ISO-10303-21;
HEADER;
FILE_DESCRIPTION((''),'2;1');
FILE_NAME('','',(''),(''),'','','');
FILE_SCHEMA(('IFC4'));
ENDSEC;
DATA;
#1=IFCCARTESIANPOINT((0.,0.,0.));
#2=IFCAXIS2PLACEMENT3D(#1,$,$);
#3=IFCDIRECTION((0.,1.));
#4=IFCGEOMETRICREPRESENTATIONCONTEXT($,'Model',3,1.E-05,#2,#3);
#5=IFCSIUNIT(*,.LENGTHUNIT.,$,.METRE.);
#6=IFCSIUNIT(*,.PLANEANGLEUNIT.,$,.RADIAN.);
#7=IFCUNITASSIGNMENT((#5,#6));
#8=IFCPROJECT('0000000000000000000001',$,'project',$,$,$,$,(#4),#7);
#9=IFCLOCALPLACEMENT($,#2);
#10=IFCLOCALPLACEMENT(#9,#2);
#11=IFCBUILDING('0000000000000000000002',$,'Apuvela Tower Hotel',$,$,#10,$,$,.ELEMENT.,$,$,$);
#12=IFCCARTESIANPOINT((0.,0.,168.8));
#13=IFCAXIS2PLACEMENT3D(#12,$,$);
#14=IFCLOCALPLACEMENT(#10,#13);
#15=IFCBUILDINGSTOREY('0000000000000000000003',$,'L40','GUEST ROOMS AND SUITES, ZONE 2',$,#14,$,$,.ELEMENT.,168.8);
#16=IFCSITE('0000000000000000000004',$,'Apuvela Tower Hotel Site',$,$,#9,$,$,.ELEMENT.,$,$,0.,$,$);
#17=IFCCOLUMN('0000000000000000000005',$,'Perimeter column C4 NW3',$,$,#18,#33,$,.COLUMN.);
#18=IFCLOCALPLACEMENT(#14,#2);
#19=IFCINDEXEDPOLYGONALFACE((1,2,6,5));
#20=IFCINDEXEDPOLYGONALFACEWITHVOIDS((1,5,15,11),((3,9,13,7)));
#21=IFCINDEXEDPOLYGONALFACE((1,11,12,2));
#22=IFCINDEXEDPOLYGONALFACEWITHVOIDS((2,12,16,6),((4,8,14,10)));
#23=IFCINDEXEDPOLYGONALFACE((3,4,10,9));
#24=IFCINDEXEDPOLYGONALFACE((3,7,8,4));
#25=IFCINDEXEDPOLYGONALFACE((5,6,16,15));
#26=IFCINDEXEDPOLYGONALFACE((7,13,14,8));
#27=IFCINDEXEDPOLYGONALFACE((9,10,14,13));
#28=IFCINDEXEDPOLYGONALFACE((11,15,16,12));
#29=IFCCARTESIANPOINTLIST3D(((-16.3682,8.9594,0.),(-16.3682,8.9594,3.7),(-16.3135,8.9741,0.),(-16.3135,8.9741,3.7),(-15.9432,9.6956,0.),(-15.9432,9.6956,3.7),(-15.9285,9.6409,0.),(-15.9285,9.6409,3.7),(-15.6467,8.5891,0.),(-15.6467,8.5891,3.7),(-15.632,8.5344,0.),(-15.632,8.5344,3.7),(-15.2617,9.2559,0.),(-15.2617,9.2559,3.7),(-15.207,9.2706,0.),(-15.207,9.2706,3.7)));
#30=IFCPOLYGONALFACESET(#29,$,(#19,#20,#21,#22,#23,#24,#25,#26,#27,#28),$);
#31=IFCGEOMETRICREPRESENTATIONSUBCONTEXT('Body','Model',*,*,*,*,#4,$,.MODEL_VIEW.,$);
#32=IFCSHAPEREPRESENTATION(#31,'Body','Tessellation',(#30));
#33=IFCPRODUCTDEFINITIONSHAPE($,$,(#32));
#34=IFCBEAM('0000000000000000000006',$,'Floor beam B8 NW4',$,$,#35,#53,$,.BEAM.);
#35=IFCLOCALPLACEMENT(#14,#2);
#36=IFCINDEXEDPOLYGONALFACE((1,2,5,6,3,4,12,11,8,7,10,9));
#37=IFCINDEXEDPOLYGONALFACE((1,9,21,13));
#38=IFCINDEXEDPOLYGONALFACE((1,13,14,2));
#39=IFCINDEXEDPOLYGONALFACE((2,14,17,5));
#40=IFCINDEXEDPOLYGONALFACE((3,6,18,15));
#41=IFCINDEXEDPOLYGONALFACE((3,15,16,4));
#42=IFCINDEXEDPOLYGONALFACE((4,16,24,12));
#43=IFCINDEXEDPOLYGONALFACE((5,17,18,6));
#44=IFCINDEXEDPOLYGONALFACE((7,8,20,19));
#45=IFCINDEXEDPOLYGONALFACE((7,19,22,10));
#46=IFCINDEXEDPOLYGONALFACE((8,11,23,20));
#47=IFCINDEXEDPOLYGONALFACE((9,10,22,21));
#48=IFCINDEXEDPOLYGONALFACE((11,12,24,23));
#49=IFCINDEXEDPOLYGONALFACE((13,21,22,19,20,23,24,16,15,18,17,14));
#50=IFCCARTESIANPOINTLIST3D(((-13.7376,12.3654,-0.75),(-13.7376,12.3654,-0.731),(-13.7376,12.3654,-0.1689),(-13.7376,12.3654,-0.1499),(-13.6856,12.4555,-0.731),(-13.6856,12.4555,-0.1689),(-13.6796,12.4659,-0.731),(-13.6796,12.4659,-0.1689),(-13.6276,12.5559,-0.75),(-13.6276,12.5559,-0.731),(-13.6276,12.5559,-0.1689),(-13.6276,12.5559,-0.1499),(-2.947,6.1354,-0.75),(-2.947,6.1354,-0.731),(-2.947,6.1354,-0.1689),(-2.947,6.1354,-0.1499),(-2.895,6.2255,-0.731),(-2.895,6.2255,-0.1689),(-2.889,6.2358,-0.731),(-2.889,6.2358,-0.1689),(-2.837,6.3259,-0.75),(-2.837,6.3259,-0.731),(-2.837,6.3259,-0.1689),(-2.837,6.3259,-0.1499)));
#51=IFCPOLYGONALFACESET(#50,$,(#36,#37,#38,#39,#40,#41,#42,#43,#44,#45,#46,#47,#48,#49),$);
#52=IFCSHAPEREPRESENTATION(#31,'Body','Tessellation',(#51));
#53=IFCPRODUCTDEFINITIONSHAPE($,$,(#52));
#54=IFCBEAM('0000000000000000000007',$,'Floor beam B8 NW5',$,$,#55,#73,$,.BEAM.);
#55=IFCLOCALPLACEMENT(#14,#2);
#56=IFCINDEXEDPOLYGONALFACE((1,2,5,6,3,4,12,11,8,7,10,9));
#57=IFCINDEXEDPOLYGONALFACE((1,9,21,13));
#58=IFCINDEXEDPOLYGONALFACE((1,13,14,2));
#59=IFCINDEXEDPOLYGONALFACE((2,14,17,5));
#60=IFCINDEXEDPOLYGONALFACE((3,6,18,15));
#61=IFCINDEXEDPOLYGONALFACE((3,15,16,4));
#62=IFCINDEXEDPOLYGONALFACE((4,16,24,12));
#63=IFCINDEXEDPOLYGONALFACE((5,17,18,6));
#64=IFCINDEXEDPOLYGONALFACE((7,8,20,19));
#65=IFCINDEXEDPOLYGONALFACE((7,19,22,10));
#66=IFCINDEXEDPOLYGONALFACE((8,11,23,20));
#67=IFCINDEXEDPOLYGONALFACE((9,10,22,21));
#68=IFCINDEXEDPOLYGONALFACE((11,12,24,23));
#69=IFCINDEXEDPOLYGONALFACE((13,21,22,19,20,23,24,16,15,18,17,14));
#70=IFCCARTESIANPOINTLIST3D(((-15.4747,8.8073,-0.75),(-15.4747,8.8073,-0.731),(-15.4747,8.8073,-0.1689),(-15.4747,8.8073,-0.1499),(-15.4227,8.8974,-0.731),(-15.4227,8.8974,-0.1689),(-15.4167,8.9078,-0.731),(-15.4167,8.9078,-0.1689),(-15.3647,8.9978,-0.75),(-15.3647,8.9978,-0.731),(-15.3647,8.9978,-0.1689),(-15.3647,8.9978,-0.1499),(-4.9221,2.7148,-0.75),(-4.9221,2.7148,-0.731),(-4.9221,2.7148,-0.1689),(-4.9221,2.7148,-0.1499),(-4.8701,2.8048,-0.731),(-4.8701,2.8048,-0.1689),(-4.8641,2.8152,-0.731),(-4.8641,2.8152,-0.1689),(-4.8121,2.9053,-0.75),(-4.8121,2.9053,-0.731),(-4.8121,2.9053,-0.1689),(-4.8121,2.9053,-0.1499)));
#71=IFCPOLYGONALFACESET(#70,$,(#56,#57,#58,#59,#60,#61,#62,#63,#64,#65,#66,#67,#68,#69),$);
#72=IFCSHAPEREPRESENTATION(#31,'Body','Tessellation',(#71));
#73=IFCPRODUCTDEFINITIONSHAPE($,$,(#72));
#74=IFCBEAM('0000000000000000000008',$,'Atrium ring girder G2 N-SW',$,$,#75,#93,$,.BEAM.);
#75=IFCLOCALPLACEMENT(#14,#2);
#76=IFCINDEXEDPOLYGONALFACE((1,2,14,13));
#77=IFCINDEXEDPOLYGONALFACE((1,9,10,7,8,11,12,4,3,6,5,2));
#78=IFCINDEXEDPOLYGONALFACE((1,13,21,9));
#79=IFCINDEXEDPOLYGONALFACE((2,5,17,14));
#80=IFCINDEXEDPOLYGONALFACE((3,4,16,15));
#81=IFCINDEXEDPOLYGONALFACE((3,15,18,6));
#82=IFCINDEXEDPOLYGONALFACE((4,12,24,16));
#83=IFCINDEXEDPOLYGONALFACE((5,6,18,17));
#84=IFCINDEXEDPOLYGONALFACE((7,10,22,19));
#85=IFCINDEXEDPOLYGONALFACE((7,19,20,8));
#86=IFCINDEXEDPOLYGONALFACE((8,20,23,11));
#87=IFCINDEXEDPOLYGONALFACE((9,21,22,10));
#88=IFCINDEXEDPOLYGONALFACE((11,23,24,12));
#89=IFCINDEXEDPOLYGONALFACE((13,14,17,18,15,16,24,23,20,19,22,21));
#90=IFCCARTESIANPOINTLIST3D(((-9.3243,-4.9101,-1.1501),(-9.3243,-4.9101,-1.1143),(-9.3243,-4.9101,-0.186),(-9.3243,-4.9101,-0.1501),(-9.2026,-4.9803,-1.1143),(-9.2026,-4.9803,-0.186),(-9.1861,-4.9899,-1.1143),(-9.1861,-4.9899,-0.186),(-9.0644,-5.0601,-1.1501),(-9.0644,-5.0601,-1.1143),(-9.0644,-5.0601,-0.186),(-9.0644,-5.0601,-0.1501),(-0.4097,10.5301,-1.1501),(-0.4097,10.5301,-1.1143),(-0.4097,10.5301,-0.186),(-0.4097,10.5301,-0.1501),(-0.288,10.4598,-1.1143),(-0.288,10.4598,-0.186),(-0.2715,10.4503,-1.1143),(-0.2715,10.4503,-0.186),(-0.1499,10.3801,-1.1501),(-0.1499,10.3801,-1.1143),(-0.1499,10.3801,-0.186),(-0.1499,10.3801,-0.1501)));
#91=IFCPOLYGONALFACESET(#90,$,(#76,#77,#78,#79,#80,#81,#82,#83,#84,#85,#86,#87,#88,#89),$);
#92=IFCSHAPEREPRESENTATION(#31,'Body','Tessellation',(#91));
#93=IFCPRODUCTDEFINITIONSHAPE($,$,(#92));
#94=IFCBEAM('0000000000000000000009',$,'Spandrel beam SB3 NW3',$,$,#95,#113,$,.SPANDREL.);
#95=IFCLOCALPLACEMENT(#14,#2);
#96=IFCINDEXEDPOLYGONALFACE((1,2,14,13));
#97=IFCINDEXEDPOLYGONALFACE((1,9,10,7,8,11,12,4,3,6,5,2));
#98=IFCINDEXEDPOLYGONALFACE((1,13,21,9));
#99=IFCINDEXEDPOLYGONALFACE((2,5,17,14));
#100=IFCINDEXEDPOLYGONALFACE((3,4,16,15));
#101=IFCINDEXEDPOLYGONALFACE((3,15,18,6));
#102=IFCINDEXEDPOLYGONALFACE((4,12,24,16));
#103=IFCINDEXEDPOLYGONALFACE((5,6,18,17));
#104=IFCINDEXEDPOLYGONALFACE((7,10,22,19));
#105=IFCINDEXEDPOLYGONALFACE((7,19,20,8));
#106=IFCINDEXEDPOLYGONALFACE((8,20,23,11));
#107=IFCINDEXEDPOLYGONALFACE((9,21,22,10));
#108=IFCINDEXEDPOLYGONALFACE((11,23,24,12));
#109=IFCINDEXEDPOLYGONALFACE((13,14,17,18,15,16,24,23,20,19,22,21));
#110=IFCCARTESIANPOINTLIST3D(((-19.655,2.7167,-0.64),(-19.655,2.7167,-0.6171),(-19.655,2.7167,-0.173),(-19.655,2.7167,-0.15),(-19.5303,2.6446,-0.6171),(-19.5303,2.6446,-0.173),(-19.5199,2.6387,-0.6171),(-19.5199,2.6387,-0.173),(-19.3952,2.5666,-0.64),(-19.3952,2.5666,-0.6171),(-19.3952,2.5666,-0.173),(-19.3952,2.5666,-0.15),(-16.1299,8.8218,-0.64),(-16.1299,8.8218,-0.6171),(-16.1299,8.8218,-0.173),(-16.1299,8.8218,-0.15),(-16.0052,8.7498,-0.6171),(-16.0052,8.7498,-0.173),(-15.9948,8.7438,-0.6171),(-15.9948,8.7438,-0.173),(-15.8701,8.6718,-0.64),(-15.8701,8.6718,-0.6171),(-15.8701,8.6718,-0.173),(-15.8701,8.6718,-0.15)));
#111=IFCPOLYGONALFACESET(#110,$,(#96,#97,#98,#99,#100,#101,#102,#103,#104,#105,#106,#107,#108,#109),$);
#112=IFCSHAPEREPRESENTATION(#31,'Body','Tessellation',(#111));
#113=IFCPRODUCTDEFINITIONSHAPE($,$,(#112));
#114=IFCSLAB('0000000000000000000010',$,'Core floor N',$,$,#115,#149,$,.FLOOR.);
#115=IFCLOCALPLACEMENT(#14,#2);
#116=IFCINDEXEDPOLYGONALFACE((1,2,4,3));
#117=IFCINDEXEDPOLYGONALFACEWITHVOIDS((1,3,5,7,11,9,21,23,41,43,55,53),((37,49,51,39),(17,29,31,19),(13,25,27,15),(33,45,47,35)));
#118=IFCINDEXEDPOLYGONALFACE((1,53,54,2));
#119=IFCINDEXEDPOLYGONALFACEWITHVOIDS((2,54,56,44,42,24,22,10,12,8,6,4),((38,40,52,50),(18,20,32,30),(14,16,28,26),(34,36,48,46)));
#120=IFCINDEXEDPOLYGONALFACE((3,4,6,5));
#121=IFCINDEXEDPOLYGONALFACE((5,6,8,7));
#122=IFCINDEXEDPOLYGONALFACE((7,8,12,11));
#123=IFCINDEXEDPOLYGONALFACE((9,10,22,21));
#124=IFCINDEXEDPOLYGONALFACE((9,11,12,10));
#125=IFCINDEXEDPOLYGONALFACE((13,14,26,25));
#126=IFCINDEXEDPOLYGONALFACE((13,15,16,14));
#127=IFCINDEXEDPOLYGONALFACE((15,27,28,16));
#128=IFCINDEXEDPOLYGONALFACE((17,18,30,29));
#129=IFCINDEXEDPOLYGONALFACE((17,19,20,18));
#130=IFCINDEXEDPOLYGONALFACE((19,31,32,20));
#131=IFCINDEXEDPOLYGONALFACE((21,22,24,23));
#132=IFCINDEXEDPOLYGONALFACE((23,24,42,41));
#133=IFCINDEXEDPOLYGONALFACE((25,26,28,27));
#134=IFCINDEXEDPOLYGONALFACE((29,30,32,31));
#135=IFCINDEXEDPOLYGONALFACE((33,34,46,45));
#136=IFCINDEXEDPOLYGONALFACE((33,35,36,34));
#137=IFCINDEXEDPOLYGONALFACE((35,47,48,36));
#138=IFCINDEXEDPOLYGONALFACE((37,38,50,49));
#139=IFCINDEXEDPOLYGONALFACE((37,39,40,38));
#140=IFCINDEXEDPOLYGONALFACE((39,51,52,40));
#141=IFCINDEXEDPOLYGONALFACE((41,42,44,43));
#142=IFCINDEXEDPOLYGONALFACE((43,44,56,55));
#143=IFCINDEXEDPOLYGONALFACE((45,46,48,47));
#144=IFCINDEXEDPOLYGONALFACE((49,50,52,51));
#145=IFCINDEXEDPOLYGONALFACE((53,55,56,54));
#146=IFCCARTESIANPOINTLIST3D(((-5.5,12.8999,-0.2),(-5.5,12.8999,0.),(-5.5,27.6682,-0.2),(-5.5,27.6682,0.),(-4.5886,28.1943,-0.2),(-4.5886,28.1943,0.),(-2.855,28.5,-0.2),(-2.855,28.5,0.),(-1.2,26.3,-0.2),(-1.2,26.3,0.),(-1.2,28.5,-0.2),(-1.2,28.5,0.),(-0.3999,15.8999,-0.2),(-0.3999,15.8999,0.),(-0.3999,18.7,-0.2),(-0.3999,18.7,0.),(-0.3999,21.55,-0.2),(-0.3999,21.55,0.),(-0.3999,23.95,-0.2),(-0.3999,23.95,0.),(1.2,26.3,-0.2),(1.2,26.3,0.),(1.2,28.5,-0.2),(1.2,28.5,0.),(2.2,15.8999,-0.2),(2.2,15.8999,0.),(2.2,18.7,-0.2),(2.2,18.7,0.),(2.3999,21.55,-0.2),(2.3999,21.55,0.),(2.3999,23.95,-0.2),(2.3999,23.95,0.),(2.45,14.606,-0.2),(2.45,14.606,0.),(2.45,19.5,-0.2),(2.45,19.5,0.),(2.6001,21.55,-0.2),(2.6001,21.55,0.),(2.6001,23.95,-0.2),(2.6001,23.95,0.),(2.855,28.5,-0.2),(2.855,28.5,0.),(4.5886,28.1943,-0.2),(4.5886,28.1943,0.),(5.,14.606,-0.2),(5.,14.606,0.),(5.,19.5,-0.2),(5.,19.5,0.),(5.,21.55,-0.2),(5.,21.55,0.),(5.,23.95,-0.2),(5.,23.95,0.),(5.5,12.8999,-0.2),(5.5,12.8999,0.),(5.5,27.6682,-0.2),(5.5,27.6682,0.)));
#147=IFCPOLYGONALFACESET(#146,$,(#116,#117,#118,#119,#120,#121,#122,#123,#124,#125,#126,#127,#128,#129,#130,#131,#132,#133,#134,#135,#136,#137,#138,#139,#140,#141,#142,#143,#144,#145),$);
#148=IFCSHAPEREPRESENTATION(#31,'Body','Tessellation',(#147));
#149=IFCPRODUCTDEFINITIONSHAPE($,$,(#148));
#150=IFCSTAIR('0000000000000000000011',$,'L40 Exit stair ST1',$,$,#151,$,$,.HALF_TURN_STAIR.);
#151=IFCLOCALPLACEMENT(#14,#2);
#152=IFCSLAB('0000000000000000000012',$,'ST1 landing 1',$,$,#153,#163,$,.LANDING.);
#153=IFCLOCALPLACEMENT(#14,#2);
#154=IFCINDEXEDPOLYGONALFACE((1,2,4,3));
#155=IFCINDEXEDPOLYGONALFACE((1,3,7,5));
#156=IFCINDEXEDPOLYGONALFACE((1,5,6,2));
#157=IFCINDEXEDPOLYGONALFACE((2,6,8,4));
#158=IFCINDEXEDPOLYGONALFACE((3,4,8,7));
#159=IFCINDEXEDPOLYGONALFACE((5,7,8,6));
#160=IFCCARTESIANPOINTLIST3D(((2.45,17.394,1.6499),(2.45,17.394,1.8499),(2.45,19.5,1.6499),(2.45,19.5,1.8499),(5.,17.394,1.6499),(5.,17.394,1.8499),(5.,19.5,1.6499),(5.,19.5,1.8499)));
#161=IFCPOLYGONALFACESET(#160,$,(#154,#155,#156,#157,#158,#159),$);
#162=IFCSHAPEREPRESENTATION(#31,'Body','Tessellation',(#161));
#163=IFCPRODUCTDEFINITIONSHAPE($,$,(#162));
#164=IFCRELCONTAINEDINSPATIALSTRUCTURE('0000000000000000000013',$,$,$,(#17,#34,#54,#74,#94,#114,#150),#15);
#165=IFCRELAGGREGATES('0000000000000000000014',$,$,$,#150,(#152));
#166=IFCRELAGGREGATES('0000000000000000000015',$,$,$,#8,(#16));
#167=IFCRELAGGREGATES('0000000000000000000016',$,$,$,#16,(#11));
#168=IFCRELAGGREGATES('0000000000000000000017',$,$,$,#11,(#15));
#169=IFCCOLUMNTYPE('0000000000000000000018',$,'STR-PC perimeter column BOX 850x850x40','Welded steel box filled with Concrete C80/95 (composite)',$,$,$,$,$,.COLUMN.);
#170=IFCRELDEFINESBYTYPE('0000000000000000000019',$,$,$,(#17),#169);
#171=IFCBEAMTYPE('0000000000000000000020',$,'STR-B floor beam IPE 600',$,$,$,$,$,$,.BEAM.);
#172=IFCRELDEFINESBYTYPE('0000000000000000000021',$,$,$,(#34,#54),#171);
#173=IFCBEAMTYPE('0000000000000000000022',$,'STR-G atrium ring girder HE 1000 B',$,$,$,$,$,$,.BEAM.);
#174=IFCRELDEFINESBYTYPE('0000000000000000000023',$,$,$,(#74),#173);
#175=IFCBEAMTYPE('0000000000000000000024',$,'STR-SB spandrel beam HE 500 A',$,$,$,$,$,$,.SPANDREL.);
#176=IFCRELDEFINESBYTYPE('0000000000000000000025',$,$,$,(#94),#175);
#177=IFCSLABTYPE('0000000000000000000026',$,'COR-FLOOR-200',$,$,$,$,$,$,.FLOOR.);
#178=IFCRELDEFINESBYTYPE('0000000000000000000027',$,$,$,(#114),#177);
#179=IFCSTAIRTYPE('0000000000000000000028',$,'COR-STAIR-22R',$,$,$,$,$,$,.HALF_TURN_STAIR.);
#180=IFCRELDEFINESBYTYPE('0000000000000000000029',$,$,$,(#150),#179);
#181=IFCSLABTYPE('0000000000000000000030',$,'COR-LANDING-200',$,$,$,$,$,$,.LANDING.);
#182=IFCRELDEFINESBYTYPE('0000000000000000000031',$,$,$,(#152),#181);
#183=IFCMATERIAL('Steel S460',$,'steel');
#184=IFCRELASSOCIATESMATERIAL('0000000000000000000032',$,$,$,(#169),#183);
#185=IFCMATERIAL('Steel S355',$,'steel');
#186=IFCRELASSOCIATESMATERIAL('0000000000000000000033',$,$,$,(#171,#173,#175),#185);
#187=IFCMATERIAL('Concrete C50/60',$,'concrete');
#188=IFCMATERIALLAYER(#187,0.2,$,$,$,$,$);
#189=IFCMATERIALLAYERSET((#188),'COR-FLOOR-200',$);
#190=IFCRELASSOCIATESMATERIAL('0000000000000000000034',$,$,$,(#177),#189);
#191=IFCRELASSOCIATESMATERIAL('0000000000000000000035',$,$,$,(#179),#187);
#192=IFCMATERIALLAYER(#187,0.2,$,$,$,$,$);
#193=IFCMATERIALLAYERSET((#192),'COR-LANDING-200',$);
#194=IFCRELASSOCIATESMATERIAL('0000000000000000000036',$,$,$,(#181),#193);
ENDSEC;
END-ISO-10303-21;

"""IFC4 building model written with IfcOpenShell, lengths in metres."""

from ifc_helpers import new_model, si_unit, direction, frame, origin, origin_2d, place, context, subcontext, project, spatial, polyline, rectangle, hollow_rectangle, i_section, outline, extrude, material, layer, layer_set, material_profile, profile_set, type_object, element, aggregate, save


model = new_model("IFC4")

# Units and contexts
model_context = context("Model", 3, precision=1e-05, world=origin(), true_north=direction((0.0, 1.0)))
body_context = subcontext(model_context, "Body", "Model", "MODEL_VIEW")
ifc_project = project(units=[si_unit("LENGTHUNIT", "METRE"), si_unit("PLANEANGLEUNIT", "RADIAN")], contexts=[model_context])

# Site, building, storey
site_placement = place(None, origin())
site = spatial("IfcSite", under=ifc_project, at=site_placement, Name="Apuvela Tower Hotel Site", CompositionType="ELEMENT", RefElevation=0.0)
building_placement = place(site_placement, origin())
building = spatial("IfcBuilding", under=site, at=building_placement, Name="Apuvela Tower Hotel", CompositionType="ELEMENT")
storey_placement = place(building_placement, frame((0.0, 0.0, 168.8)))
storey = spatial("IfcBuildingStorey", under=building, at=storey_placement, Name="L40", Description="GUEST ROOMS AND SUITES, ZONE 2", CompositionType="ELEMENT", Elevation=168.8)

# Column
ifc_material_1 = material(Name="Steel S460", Category="steel")
ifc_material_profile_1 = material_profile(ifc_material_1, hollow_rectangle(XDim=0.8501, YDim=0.8501, WallThickness=0.04, at=origin_2d()), Name="BOX 850x850x40")
ifc_material_2 = material(Name="Concrete C80/95", Category="concrete")
ifc_material_profile_2 = material_profile(ifc_material_2, rectangle(XDim=0.77, YDim=0.77, at=origin_2d()), Name="Concrete C80/95 infill")
ifc_profile_set_1 = profile_set([ifc_material_profile_1, ifc_material_profile_2], Name="Steel S460")
column_type = type_object("IfcColumnType", Name="STR-PC perimeter column BOX 850x850x40", Description="Welded steel box filled with Concrete C80/95 (composite)", PredefinedType="COLUMN", material=ifc_profile_set_1)
column_placement = place(storey_placement, frame((-15.7876, 9.115, 0.0), z_axis=(0.0, 0.0, 1.0), x_axis=(0.5, 0.866025, 0.0)))
element("IfcColumn", 1, at=column_placement, inside=storey, type_object=column_type, Name="Perimeter column C4 NW3", PredefinedType="COLUMN", context=body_context, shape_type="SweptSolid", body=[
    extrude(hollow_rectangle(XDim=0.8501, YDim=0.8501, WallThickness=0.04, at=origin_2d()), origin(), (0.0, 0.0, 1.0), 3.7),
])

# Beams
ifc_material_3 = material(Name="Steel S355", Category="steel")
ifc_material_profile_3 = material_profile(ifc_material_3, i_section(OverallWidth=0.22, OverallDepth=0.6001, WebThickness=0.012, FlangeThickness=0.019, at=origin_2d()), Name="IPE 600")
ifc_profile_set_2 = profile_set([ifc_material_profile_3], Name="Steel S355")
beam_type_1 = type_object("IfcBeamType", Name="STR-B floor beam IPE 600", PredefinedType="BEAM", material=ifc_profile_set_2)
beam_1_placement = place(storey_placement, frame((-13.6826, 12.4607, -0.45), z_axis=(0.866023, -0.500004, 0.0), x_axis=(0.500004, 0.866023, 0.0)))
element("IfcBeam", 2, at=beam_1_placement, inside=storey, type_object=beam_type_1, Name="Floor beam B8 NW4", PredefinedType="BEAM", context=body_context, shape_type="SweptSolid", body=[
    extrude(i_section(OverallWidth=0.22, OverallDepth=0.6001, WebThickness=0.012, FlangeThickness=0.019, at=origin_2d()), origin(), (0.0, 0.0, 1.0), 12.46),
])
beam_2_placement = place(storey_placement, frame((-15.4197, 8.9026, -0.45), z_axis=(0.866024, -0.500003, 0.0), x_axis=(0.500003, 0.866024, 0.0)))
element("IfcBeam", 3, at=beam_2_placement, inside=storey, type_object=beam_type_1, Name="Floor beam B8 NW5", PredefinedType="BEAM", context=body_context, shape_type="SweptSolid", body=[
    extrude(i_section(OverallWidth=0.22, OverallDepth=0.6001, WebThickness=0.012, FlangeThickness=0.019, at=origin_2d()), origin(), (0.0, 0.0, 1.0), 12.1851),
])
ifc_material_profile_4 = material_profile(ifc_material_3, i_section(OverallWidth=0.3, OverallDepth=1.0, WebThickness=0.019, FlangeThickness=0.0359, at=origin_2d()), Name="HE 1000 B")
ifc_profile_set_3 = profile_set([ifc_material_profile_4], Name="Steel S355")
beam_type_2 = type_object("IfcBeamType", Name="STR-G atrium ring girder HE 1000 B", PredefinedType="BEAM", material=ifc_profile_set_3)
beam_3_placement = place(storey_placement, frame((-0.2798, 10.4551, -0.6501), z_axis=(-0.500007, -0.866022, 0.0), x_axis=(0.866022, -0.500007, 0.0)))
element("IfcBeam", 4, at=beam_3_placement, inside=storey, type_object=beam_type_2, Name="Atrium ring girder G2 N-SW", PredefinedType="BEAM", context=body_context, shape_type="SweptSolid", body=[
    extrude(i_section(OverallWidth=0.3, OverallDepth=1.0, WebThickness=0.019, FlangeThickness=0.0359, at=origin_2d()), origin(), (0.0, 0.0, 1.0), 17.8289),
])
ifc_material_profile_5 = material_profile(ifc_material_3, i_section(OverallWidth=0.3, OverallDepth=0.49, WebThickness=0.012, FlangeThickness=0.0229, at=origin_2d()), Name="HE 500 A")
ifc_profile_set_4 = profile_set([ifc_material_profile_5], Name="Steel S355")
beam_type_3 = type_object("IfcBeamType", Name="STR-SB spandrel beam HE 500 A", PredefinedType="SPANDREL", material=ifc_profile_set_4)
beam_4_placement = place(storey_placement, frame((-16.0, 8.7468, -0.395), z_axis=(-0.500031, -0.866007, 0.0), x_axis=(0.866007, -0.500031, 0.0)))
element("IfcBeam", 5, at=beam_4_placement, inside=storey, type_object=beam_type_3, Name="Spandrel beam SB3 NW3", PredefinedType="SPANDREL", context=body_context, shape_type="SweptSolid", body=[
    extrude(i_section(OverallWidth=0.3, OverallDepth=0.49, WebThickness=0.012, FlangeThickness=0.0229, at=origin_2d()), origin(), (0.0, 0.0, 1.0), 7.0498),
])

# Slab
ifc_material_4 = material(Name="Concrete C50/60", Category="concrete")
ifc_layer_1 = layer(ifc_material_4, 0.2)
ifc_layer_set_1 = layer_set([ifc_layer_1], Name="COR-FLOOR-200")
slab_type_1 = type_object("IfcSlabType", Name="COR-FLOOR-200", PredefinedType="FLOOR", material=ifc_layer_set_1)
slab_1_placement = place(storey_placement, frame((0.0, 0.0, -0.2)))
element("IfcSlab", 6, at=slab_1_placement, inside=storey, type_object=slab_type_1, Name="Core floor N", PredefinedType="FLOOR", context=body_context, shape_type="SweptSolid", body=[
    extrude(outline(polyline([(5.5, 27.6682), (4.5886, 28.1943), (2.855, 28.5), (1.2, 28.5), (1.2, 26.3), (-1.2, 26.3), (-1.2, 28.5), (-2.855, 28.5), (-4.5886, 28.1943), (-5.5, 27.6682), (-5.5, 12.8999), (5.5, 12.8999), (5.5, 27.6682)]), holes=[polyline([(5.0, 14.606), (2.45, 14.606), (2.45, 19.5), (5.0, 19.5), (5.0, 14.606)]), polyline([(2.2, 15.8999), (-0.3999, 15.8999), (-0.3999, 18.7), (2.2, 18.7), (2.2, 15.8999)]), polyline([(5.0, 21.55), (2.6001, 21.55), (2.6001, 23.95), (5.0, 23.95), (5.0, 21.55)]), polyline([(2.3999, 21.55), (-0.3999, 21.55), (-0.3999, 23.95), (2.3999, 23.95), (2.3999, 21.55)])]), origin(), (0.0, 0.0, 1.0), 0.2),
])

# Stair, slab
stair_type = type_object("IfcStairType", Name="COR-STAIR-22R", PredefinedType="HALF_TURN_STAIR", material=ifc_material_4)
stair_placement = place(storey_placement, origin())
stair = element("IfcStair", 7, at=stair_placement, inside=storey, type_object=stair_type, Name="L40 Exit stair ST1", PredefinedType="HALF_TURN_STAIR")
ifc_layer_2 = layer(ifc_material_4, 0.2)
ifc_layer_set_2 = layer_set([ifc_layer_2], Name="COR-LANDING-200")
slab_type_2 = type_object("IfcSlabType", Name="COR-LANDING-200", PredefinedType="LANDING", material=ifc_layer_set_2)
slab_2_placement = place(storey_placement, frame((0.0, 0.0, 1.6499)))
slab_2 = element("IfcSlab", 8, at=slab_2_placement, type_object=slab_type_2, Name="ST1 landing 1", PredefinedType="LANDING", context=body_context, shape_type="SweptSolid", body=[
    extrude(outline(polyline([(5.0, 17.394), (5.0, 19.5), (2.45, 19.5), (2.45, 17.394), (5.0, 17.394)])), origin(), (0.0, 0.0, 1.0), 0.2),
])
aggregate(stair, [slab_2])

save(model, "model.ifc")
